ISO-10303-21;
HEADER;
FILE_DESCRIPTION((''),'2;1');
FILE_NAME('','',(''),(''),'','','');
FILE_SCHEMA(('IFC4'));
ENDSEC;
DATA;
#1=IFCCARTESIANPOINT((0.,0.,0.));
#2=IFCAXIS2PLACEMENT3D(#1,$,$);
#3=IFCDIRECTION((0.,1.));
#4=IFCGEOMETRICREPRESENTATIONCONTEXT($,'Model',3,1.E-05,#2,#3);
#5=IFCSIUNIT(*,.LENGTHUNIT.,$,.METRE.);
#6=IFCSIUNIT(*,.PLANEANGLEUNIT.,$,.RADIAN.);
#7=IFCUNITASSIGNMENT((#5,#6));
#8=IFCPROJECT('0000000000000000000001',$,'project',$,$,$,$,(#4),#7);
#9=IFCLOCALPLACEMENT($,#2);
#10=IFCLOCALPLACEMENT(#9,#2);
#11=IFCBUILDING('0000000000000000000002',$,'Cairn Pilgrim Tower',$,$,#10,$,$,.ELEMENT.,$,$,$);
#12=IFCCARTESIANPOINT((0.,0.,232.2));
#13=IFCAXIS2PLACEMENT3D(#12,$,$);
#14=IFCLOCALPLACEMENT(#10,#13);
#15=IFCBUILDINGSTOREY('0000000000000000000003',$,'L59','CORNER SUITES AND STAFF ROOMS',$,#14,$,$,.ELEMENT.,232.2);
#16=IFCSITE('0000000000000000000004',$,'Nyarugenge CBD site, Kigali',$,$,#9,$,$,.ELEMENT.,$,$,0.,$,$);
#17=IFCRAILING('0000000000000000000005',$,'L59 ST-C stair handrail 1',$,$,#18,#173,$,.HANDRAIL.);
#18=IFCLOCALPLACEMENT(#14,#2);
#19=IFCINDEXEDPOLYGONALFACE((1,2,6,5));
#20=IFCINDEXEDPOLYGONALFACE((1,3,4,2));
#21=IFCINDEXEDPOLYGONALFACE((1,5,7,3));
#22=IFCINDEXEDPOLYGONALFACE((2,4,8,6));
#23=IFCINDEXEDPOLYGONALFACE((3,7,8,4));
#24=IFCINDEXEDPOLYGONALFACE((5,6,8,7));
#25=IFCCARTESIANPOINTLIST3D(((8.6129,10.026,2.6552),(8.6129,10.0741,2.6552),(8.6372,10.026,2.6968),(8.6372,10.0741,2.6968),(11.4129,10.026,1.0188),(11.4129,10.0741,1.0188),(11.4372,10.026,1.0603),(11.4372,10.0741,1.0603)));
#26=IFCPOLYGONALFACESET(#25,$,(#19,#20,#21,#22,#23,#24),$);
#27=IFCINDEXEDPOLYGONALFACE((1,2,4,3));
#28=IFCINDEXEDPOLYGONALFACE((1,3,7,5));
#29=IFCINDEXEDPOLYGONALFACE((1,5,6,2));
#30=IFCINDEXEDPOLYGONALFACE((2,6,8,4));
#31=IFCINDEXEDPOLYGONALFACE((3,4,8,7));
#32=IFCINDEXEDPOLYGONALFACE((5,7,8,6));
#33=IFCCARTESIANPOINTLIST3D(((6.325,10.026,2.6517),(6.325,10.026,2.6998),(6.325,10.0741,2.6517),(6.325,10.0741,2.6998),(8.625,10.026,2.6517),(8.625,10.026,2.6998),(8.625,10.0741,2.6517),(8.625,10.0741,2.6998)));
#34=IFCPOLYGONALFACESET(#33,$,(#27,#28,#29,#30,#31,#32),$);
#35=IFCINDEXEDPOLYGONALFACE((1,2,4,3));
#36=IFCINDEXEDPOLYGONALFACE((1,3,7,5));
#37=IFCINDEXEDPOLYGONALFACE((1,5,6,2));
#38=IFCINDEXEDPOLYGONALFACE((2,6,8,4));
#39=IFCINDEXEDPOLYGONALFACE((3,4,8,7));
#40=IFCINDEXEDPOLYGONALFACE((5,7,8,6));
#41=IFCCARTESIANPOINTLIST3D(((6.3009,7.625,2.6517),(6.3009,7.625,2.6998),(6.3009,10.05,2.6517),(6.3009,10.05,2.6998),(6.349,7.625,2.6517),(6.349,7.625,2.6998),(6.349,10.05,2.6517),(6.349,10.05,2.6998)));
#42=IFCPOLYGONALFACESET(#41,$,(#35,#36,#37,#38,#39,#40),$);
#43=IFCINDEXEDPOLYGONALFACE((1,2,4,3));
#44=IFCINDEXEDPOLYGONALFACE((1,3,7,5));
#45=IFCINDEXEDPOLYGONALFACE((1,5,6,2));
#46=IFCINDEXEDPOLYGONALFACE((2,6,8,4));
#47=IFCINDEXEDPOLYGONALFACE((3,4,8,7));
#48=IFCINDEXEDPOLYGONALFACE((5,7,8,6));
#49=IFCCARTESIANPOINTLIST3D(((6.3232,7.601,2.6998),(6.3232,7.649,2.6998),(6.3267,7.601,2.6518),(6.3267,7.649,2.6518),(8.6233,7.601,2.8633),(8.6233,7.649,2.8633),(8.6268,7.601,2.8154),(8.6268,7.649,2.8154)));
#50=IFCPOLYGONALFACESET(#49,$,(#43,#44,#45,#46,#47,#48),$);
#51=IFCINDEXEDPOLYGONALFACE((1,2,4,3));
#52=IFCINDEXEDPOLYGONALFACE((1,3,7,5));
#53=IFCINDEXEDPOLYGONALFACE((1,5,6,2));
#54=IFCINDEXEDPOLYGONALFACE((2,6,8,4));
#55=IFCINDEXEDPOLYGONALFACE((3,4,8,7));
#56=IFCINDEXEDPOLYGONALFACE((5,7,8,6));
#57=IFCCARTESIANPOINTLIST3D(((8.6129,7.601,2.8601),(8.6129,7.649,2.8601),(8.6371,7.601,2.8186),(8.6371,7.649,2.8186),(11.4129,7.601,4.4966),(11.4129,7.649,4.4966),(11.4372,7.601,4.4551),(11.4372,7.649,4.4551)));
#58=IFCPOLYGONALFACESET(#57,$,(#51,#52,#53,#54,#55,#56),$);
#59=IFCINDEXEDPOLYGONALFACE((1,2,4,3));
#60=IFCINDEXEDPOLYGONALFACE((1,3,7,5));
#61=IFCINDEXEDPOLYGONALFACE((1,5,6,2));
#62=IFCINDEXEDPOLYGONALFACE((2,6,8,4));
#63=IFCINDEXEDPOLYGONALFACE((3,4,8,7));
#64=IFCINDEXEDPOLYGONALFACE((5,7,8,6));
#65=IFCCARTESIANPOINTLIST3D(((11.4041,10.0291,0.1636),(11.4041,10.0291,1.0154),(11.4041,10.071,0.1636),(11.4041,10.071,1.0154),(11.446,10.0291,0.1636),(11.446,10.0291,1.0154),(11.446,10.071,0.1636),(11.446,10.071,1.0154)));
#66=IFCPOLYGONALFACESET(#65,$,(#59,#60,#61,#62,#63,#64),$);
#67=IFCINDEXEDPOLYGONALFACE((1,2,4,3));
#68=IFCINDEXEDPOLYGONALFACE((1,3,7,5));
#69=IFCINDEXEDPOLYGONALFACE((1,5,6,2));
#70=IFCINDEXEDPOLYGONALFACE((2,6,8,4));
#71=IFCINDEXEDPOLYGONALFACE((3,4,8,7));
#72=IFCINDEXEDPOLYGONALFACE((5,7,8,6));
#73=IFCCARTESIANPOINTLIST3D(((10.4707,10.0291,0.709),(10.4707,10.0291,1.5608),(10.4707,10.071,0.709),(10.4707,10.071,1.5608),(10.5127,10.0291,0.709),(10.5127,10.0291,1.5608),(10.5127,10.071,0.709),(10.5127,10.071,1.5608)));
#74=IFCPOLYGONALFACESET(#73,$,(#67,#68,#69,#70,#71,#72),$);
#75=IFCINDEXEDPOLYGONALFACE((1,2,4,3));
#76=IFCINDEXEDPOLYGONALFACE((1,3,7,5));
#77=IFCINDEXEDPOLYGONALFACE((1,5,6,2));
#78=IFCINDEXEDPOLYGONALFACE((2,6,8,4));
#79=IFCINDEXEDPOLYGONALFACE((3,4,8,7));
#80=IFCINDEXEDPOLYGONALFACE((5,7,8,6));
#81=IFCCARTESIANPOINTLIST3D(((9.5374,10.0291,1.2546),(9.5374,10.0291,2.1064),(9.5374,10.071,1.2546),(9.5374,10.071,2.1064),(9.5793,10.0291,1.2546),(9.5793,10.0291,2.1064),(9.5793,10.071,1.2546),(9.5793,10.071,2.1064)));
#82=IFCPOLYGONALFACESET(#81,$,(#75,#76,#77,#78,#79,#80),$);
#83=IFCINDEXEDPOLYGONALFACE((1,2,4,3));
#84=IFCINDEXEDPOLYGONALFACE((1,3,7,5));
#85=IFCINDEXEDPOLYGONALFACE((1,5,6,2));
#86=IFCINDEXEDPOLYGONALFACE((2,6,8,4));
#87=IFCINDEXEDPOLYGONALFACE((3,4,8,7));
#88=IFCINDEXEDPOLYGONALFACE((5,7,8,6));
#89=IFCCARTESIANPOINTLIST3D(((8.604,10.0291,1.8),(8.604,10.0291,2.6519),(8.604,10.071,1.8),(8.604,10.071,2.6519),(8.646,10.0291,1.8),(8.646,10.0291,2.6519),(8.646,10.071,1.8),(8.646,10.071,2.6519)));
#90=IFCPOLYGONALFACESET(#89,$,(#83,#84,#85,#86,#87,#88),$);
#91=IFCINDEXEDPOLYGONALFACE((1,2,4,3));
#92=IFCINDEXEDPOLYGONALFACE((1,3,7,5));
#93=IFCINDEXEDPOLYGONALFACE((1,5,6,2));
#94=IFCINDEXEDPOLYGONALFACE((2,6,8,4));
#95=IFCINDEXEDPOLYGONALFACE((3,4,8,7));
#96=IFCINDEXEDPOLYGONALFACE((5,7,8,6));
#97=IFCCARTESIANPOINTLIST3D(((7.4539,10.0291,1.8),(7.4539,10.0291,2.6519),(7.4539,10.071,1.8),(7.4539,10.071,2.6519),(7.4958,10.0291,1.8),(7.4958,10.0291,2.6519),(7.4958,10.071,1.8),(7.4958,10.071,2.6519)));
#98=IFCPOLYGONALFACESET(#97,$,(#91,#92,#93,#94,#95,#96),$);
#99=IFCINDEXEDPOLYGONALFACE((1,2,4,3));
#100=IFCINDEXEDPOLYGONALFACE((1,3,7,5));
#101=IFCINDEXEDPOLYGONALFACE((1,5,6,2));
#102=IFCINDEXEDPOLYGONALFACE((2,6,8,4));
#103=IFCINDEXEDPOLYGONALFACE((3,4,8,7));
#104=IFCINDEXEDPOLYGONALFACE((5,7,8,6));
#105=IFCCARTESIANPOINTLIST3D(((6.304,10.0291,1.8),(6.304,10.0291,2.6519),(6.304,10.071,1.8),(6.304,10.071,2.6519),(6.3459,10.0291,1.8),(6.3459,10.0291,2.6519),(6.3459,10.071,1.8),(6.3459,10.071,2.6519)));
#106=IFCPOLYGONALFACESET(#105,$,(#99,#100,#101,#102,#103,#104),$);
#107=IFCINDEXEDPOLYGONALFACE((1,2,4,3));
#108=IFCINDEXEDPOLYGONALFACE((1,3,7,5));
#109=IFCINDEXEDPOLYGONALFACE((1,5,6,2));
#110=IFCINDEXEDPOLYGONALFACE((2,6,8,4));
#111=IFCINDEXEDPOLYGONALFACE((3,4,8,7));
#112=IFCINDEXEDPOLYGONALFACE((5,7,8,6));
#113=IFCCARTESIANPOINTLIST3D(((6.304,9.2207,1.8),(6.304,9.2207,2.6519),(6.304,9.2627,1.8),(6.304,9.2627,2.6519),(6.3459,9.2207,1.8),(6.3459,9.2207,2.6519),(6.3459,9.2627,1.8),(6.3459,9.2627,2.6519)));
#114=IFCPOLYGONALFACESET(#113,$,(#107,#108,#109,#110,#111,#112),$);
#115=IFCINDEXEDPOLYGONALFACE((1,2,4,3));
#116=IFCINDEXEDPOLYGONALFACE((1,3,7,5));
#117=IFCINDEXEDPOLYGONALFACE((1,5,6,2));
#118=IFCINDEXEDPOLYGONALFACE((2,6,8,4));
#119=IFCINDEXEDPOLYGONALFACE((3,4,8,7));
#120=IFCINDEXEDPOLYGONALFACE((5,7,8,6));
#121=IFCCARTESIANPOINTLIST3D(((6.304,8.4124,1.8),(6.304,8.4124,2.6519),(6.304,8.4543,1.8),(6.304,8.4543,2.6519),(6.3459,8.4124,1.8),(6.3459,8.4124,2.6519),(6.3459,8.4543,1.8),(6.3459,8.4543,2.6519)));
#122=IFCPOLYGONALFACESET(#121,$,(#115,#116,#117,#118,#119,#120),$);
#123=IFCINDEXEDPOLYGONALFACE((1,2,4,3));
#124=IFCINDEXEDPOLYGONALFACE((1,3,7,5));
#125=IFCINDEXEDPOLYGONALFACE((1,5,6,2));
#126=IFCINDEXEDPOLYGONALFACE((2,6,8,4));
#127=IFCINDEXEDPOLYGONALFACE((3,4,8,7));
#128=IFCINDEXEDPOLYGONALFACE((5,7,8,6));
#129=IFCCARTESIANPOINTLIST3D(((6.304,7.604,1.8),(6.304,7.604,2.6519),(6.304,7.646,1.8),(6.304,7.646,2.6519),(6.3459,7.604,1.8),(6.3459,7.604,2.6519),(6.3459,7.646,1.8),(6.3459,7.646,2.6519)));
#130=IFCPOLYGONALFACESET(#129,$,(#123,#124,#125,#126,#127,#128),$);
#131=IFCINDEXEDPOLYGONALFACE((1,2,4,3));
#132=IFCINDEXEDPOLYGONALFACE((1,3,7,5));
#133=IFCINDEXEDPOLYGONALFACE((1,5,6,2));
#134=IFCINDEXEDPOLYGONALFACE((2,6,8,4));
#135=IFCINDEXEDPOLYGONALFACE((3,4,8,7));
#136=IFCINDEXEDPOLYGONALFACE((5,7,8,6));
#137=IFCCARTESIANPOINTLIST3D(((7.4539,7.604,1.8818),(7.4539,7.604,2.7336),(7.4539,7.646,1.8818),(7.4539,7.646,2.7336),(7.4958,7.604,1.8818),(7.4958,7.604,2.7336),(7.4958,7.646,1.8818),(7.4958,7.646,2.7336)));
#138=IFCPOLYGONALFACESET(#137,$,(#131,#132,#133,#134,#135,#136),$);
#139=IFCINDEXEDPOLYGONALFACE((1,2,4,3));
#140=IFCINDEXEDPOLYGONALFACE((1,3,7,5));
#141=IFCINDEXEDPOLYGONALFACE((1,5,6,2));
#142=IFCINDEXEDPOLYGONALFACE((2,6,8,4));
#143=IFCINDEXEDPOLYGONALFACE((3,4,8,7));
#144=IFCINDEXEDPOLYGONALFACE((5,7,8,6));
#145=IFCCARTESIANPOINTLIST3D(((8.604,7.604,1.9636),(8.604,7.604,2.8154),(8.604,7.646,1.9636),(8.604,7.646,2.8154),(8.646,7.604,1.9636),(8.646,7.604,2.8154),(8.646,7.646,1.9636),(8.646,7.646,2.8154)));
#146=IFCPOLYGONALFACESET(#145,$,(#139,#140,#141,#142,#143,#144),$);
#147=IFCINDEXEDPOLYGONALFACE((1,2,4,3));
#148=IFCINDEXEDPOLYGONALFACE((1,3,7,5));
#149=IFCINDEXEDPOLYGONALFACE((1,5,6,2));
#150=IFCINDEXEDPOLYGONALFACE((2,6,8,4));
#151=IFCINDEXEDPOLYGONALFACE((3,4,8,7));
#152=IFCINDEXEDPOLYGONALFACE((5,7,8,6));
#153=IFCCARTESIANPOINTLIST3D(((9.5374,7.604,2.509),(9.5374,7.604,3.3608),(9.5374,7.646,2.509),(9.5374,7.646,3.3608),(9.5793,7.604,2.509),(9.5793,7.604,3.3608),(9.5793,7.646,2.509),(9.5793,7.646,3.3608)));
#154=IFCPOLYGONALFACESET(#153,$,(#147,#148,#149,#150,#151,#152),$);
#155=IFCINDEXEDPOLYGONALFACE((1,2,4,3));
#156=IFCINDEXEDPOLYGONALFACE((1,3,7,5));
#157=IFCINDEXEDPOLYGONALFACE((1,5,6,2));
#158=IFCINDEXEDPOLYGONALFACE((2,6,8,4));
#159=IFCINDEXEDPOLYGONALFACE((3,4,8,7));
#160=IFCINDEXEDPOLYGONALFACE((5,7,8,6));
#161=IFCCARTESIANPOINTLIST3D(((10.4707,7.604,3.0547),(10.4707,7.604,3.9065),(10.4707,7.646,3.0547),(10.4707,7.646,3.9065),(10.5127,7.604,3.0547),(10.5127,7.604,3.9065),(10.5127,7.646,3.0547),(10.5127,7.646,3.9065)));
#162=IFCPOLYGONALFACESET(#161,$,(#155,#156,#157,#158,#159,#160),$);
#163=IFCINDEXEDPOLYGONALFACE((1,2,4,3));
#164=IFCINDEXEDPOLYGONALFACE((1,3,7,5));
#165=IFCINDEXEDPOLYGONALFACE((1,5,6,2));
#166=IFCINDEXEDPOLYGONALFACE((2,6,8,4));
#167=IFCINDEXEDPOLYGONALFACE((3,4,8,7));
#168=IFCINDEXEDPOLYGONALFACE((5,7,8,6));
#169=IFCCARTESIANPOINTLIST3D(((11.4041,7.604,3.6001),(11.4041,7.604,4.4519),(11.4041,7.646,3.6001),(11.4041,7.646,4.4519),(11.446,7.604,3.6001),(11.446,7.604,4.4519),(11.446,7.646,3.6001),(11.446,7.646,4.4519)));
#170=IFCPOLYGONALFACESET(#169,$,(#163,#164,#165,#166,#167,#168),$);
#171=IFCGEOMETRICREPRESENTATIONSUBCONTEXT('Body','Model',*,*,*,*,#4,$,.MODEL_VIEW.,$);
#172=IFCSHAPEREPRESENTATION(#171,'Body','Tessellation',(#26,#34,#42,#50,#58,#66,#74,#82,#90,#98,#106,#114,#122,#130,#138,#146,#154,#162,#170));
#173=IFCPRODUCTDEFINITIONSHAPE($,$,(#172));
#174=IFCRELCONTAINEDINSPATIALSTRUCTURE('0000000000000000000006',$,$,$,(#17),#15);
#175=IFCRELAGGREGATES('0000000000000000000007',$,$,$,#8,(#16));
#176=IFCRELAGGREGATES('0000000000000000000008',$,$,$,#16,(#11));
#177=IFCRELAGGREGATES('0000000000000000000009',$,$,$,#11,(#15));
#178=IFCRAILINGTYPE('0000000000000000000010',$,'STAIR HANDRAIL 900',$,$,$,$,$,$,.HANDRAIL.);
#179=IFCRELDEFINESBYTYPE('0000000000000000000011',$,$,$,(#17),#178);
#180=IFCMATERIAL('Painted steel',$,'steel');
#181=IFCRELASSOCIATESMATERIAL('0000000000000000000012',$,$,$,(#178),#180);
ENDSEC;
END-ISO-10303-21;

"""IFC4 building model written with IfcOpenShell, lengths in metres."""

from ifc_helpers import new_model, si_unit, direction, frame, origin, origin_2d, place, context, subcontext, project, spatial, rectangle, extrude, material, type_object, element, save


model = new_model("IFC4")

# Units and contexts
model_context = context("Model", 3, precision=1e-05, world=origin(), true_north=direction((0.0, 1.0)))
body_context = subcontext(model_context, "Body", "Model", "MODEL_VIEW")
ifc_project = project(units=[si_unit("LENGTHUNIT", "METRE"), si_unit("PLANEANGLEUNIT", "RADIAN")], contexts=[model_context])

# Site, building, storey
site_placement = place(None, origin())
site = spatial("IfcSite", under=ifc_project, at=site_placement, Name="Nyarugenge CBD site, Kigali", CompositionType="ELEMENT", RefElevation=0.0)
building_placement = place(site_placement, origin())
building = spatial("IfcBuilding", under=site, at=building_placement, Name="Cairn Pilgrim Tower", CompositionType="ELEMENT")
storey_placement = place(building_placement, frame((0.0, 0.0, 232.2)))
storey = spatial("IfcBuildingStorey", under=building, at=storey_placement, Name="L59", Description="CORNER SUITES AND STAFF ROOMS", CompositionType="ELEMENT", Elevation=232.2)

# Shared definitions
ifc_material_1 = material(Name="Painted steel", Category="steel")

# Railing
railing_type_1 = type_object("IfcRailingType", Name="STAIR HANDRAIL 900", PredefinedType="HANDRAIL", material=ifc_material_1)
railing_1_placement = place(storey_placement, frame((11.425, 10.05, 0.1636)))
element("IfcRailing", 1, at=railing_1_placement, inside=storey, type_object=railing_type_1, Name="L59 ST-C stair handrail 1", PredefinedType="HANDRAIL", context=body_context, shape_type="SweptSolid", body=[
    extrude(rectangle(XDim=0.0481, YDim=0.0481, at=origin_2d()), frame((0.0, 0.0, 0.876), z_axis=(-0.863361, 0.0, 0.504587), x_axis=(0.0, -1.0, 0.0)), (0.0, 0.0, 1.0), 3.2432),
    extrude(rectangle(XDim=0.0481, YDim=0.0481, at=origin_2d()), frame((-2.8, 0.0, 2.5122), z_axis=(-1.0, 0.0, 0.0), x_axis=(0.0, -1.0, 0.0)), (0.0, 0.0, 1.0), 2.3),
    extrude(rectangle(XDim=0.0481, YDim=0.0481, at=origin_2d()), frame((-5.1001, 0.0, 2.5122), z_axis=(0.0, -1.0, 0.0), x_axis=(1.0, 0.0, 0.0)), (0.0, 0.0, 1.0), 2.425),
    extrude(rectangle(XDim=0.0481, YDim=0.0481, at=origin_2d()), frame((-5.1001, -2.425, 2.5122), z_axis=(0.997481, 0.0, 0.070939), x_axis=(0.0, 1.0, 0.0)), (0.0, 0.0, 1.0), 2.3059),
    extrude(rectangle(XDim=0.0481, YDim=0.0481, at=origin_2d()), frame((-2.8, -2.425, 2.6758), z_axis=(0.863361, 0.0, 0.504587), x_axis=(0.0, 1.0, 0.0)), (0.0, 0.0, 1.0), 3.2432),
    extrude(rectangle(XDim=0.042, YDim=0.042, at=origin_2d()), origin(), (0.0, 0.0, 1.0), 0.8518),
    extrude(rectangle(XDim=0.042, YDim=0.042, at=origin_2d()), frame((-0.9333, 0.0, 0.5454)), (0.0, 0.0, 1.0), 0.8518),
    extrude(rectangle(XDim=0.042, YDim=0.042, at=origin_2d()), frame((-1.8667, 0.0, 1.0911)), (0.0, 0.0, 1.0), 0.8518),
    extrude(rectangle(XDim=0.042, YDim=0.042, at=origin_2d()), frame((-2.8, 0.0, 1.6365)), (0.0, 0.0, 1.0), 0.8518),
    extrude(rectangle(XDim=0.042, YDim=0.042, at=origin_2d()), frame((-3.9502, 0.0, 1.6365)), (0.0, 0.0, 1.0), 0.8518),
    extrude(rectangle(XDim=0.042, YDim=0.042, at=origin_2d()), frame((-5.1001, 0.0, 1.6365)), (0.0, 0.0, 1.0), 0.8518),
    extrude(rectangle(XDim=0.042, YDim=0.042, at=origin_2d()), frame((-5.1001, -0.8083, 1.6365)), (0.0, 0.0, 1.0), 0.8518),
    extrude(rectangle(XDim=0.042, YDim=0.042, at=origin_2d()), frame((-5.1001, -1.6167, 1.6365)), (0.0, 0.0, 1.0), 0.8518),
    extrude(rectangle(XDim=0.042, YDim=0.042, at=origin_2d()), frame((-5.1001, -2.425, 1.6365)), (0.0, 0.0, 1.0), 0.8518),
    extrude(rectangle(XDim=0.042, YDim=0.042, at=origin_2d()), frame((-3.9502, -2.425, 1.7183)), (0.0, 0.0, 1.0), 0.8518),
    extrude(rectangle(XDim=0.042, YDim=0.042, at=origin_2d()), frame((-2.8, -2.425, 1.8)), (0.0, 0.0, 1.0), 0.8518),
    extrude(rectangle(XDim=0.042, YDim=0.042, at=origin_2d()), frame((-1.8667, -2.425, 2.3455)), (0.0, 0.0, 1.0), 0.8518),
    extrude(rectangle(XDim=0.042, YDim=0.042, at=origin_2d()), frame((-0.9333, -2.425, 2.8911)), (0.0, 0.0, 1.0), 0.8518),
    extrude(rectangle(XDim=0.042, YDim=0.042, at=origin_2d()), frame((0.0, -2.425, 3.4365)), (0.0, 0.0, 1.0), 0.8518),
])

save(model, "model.ifc")
